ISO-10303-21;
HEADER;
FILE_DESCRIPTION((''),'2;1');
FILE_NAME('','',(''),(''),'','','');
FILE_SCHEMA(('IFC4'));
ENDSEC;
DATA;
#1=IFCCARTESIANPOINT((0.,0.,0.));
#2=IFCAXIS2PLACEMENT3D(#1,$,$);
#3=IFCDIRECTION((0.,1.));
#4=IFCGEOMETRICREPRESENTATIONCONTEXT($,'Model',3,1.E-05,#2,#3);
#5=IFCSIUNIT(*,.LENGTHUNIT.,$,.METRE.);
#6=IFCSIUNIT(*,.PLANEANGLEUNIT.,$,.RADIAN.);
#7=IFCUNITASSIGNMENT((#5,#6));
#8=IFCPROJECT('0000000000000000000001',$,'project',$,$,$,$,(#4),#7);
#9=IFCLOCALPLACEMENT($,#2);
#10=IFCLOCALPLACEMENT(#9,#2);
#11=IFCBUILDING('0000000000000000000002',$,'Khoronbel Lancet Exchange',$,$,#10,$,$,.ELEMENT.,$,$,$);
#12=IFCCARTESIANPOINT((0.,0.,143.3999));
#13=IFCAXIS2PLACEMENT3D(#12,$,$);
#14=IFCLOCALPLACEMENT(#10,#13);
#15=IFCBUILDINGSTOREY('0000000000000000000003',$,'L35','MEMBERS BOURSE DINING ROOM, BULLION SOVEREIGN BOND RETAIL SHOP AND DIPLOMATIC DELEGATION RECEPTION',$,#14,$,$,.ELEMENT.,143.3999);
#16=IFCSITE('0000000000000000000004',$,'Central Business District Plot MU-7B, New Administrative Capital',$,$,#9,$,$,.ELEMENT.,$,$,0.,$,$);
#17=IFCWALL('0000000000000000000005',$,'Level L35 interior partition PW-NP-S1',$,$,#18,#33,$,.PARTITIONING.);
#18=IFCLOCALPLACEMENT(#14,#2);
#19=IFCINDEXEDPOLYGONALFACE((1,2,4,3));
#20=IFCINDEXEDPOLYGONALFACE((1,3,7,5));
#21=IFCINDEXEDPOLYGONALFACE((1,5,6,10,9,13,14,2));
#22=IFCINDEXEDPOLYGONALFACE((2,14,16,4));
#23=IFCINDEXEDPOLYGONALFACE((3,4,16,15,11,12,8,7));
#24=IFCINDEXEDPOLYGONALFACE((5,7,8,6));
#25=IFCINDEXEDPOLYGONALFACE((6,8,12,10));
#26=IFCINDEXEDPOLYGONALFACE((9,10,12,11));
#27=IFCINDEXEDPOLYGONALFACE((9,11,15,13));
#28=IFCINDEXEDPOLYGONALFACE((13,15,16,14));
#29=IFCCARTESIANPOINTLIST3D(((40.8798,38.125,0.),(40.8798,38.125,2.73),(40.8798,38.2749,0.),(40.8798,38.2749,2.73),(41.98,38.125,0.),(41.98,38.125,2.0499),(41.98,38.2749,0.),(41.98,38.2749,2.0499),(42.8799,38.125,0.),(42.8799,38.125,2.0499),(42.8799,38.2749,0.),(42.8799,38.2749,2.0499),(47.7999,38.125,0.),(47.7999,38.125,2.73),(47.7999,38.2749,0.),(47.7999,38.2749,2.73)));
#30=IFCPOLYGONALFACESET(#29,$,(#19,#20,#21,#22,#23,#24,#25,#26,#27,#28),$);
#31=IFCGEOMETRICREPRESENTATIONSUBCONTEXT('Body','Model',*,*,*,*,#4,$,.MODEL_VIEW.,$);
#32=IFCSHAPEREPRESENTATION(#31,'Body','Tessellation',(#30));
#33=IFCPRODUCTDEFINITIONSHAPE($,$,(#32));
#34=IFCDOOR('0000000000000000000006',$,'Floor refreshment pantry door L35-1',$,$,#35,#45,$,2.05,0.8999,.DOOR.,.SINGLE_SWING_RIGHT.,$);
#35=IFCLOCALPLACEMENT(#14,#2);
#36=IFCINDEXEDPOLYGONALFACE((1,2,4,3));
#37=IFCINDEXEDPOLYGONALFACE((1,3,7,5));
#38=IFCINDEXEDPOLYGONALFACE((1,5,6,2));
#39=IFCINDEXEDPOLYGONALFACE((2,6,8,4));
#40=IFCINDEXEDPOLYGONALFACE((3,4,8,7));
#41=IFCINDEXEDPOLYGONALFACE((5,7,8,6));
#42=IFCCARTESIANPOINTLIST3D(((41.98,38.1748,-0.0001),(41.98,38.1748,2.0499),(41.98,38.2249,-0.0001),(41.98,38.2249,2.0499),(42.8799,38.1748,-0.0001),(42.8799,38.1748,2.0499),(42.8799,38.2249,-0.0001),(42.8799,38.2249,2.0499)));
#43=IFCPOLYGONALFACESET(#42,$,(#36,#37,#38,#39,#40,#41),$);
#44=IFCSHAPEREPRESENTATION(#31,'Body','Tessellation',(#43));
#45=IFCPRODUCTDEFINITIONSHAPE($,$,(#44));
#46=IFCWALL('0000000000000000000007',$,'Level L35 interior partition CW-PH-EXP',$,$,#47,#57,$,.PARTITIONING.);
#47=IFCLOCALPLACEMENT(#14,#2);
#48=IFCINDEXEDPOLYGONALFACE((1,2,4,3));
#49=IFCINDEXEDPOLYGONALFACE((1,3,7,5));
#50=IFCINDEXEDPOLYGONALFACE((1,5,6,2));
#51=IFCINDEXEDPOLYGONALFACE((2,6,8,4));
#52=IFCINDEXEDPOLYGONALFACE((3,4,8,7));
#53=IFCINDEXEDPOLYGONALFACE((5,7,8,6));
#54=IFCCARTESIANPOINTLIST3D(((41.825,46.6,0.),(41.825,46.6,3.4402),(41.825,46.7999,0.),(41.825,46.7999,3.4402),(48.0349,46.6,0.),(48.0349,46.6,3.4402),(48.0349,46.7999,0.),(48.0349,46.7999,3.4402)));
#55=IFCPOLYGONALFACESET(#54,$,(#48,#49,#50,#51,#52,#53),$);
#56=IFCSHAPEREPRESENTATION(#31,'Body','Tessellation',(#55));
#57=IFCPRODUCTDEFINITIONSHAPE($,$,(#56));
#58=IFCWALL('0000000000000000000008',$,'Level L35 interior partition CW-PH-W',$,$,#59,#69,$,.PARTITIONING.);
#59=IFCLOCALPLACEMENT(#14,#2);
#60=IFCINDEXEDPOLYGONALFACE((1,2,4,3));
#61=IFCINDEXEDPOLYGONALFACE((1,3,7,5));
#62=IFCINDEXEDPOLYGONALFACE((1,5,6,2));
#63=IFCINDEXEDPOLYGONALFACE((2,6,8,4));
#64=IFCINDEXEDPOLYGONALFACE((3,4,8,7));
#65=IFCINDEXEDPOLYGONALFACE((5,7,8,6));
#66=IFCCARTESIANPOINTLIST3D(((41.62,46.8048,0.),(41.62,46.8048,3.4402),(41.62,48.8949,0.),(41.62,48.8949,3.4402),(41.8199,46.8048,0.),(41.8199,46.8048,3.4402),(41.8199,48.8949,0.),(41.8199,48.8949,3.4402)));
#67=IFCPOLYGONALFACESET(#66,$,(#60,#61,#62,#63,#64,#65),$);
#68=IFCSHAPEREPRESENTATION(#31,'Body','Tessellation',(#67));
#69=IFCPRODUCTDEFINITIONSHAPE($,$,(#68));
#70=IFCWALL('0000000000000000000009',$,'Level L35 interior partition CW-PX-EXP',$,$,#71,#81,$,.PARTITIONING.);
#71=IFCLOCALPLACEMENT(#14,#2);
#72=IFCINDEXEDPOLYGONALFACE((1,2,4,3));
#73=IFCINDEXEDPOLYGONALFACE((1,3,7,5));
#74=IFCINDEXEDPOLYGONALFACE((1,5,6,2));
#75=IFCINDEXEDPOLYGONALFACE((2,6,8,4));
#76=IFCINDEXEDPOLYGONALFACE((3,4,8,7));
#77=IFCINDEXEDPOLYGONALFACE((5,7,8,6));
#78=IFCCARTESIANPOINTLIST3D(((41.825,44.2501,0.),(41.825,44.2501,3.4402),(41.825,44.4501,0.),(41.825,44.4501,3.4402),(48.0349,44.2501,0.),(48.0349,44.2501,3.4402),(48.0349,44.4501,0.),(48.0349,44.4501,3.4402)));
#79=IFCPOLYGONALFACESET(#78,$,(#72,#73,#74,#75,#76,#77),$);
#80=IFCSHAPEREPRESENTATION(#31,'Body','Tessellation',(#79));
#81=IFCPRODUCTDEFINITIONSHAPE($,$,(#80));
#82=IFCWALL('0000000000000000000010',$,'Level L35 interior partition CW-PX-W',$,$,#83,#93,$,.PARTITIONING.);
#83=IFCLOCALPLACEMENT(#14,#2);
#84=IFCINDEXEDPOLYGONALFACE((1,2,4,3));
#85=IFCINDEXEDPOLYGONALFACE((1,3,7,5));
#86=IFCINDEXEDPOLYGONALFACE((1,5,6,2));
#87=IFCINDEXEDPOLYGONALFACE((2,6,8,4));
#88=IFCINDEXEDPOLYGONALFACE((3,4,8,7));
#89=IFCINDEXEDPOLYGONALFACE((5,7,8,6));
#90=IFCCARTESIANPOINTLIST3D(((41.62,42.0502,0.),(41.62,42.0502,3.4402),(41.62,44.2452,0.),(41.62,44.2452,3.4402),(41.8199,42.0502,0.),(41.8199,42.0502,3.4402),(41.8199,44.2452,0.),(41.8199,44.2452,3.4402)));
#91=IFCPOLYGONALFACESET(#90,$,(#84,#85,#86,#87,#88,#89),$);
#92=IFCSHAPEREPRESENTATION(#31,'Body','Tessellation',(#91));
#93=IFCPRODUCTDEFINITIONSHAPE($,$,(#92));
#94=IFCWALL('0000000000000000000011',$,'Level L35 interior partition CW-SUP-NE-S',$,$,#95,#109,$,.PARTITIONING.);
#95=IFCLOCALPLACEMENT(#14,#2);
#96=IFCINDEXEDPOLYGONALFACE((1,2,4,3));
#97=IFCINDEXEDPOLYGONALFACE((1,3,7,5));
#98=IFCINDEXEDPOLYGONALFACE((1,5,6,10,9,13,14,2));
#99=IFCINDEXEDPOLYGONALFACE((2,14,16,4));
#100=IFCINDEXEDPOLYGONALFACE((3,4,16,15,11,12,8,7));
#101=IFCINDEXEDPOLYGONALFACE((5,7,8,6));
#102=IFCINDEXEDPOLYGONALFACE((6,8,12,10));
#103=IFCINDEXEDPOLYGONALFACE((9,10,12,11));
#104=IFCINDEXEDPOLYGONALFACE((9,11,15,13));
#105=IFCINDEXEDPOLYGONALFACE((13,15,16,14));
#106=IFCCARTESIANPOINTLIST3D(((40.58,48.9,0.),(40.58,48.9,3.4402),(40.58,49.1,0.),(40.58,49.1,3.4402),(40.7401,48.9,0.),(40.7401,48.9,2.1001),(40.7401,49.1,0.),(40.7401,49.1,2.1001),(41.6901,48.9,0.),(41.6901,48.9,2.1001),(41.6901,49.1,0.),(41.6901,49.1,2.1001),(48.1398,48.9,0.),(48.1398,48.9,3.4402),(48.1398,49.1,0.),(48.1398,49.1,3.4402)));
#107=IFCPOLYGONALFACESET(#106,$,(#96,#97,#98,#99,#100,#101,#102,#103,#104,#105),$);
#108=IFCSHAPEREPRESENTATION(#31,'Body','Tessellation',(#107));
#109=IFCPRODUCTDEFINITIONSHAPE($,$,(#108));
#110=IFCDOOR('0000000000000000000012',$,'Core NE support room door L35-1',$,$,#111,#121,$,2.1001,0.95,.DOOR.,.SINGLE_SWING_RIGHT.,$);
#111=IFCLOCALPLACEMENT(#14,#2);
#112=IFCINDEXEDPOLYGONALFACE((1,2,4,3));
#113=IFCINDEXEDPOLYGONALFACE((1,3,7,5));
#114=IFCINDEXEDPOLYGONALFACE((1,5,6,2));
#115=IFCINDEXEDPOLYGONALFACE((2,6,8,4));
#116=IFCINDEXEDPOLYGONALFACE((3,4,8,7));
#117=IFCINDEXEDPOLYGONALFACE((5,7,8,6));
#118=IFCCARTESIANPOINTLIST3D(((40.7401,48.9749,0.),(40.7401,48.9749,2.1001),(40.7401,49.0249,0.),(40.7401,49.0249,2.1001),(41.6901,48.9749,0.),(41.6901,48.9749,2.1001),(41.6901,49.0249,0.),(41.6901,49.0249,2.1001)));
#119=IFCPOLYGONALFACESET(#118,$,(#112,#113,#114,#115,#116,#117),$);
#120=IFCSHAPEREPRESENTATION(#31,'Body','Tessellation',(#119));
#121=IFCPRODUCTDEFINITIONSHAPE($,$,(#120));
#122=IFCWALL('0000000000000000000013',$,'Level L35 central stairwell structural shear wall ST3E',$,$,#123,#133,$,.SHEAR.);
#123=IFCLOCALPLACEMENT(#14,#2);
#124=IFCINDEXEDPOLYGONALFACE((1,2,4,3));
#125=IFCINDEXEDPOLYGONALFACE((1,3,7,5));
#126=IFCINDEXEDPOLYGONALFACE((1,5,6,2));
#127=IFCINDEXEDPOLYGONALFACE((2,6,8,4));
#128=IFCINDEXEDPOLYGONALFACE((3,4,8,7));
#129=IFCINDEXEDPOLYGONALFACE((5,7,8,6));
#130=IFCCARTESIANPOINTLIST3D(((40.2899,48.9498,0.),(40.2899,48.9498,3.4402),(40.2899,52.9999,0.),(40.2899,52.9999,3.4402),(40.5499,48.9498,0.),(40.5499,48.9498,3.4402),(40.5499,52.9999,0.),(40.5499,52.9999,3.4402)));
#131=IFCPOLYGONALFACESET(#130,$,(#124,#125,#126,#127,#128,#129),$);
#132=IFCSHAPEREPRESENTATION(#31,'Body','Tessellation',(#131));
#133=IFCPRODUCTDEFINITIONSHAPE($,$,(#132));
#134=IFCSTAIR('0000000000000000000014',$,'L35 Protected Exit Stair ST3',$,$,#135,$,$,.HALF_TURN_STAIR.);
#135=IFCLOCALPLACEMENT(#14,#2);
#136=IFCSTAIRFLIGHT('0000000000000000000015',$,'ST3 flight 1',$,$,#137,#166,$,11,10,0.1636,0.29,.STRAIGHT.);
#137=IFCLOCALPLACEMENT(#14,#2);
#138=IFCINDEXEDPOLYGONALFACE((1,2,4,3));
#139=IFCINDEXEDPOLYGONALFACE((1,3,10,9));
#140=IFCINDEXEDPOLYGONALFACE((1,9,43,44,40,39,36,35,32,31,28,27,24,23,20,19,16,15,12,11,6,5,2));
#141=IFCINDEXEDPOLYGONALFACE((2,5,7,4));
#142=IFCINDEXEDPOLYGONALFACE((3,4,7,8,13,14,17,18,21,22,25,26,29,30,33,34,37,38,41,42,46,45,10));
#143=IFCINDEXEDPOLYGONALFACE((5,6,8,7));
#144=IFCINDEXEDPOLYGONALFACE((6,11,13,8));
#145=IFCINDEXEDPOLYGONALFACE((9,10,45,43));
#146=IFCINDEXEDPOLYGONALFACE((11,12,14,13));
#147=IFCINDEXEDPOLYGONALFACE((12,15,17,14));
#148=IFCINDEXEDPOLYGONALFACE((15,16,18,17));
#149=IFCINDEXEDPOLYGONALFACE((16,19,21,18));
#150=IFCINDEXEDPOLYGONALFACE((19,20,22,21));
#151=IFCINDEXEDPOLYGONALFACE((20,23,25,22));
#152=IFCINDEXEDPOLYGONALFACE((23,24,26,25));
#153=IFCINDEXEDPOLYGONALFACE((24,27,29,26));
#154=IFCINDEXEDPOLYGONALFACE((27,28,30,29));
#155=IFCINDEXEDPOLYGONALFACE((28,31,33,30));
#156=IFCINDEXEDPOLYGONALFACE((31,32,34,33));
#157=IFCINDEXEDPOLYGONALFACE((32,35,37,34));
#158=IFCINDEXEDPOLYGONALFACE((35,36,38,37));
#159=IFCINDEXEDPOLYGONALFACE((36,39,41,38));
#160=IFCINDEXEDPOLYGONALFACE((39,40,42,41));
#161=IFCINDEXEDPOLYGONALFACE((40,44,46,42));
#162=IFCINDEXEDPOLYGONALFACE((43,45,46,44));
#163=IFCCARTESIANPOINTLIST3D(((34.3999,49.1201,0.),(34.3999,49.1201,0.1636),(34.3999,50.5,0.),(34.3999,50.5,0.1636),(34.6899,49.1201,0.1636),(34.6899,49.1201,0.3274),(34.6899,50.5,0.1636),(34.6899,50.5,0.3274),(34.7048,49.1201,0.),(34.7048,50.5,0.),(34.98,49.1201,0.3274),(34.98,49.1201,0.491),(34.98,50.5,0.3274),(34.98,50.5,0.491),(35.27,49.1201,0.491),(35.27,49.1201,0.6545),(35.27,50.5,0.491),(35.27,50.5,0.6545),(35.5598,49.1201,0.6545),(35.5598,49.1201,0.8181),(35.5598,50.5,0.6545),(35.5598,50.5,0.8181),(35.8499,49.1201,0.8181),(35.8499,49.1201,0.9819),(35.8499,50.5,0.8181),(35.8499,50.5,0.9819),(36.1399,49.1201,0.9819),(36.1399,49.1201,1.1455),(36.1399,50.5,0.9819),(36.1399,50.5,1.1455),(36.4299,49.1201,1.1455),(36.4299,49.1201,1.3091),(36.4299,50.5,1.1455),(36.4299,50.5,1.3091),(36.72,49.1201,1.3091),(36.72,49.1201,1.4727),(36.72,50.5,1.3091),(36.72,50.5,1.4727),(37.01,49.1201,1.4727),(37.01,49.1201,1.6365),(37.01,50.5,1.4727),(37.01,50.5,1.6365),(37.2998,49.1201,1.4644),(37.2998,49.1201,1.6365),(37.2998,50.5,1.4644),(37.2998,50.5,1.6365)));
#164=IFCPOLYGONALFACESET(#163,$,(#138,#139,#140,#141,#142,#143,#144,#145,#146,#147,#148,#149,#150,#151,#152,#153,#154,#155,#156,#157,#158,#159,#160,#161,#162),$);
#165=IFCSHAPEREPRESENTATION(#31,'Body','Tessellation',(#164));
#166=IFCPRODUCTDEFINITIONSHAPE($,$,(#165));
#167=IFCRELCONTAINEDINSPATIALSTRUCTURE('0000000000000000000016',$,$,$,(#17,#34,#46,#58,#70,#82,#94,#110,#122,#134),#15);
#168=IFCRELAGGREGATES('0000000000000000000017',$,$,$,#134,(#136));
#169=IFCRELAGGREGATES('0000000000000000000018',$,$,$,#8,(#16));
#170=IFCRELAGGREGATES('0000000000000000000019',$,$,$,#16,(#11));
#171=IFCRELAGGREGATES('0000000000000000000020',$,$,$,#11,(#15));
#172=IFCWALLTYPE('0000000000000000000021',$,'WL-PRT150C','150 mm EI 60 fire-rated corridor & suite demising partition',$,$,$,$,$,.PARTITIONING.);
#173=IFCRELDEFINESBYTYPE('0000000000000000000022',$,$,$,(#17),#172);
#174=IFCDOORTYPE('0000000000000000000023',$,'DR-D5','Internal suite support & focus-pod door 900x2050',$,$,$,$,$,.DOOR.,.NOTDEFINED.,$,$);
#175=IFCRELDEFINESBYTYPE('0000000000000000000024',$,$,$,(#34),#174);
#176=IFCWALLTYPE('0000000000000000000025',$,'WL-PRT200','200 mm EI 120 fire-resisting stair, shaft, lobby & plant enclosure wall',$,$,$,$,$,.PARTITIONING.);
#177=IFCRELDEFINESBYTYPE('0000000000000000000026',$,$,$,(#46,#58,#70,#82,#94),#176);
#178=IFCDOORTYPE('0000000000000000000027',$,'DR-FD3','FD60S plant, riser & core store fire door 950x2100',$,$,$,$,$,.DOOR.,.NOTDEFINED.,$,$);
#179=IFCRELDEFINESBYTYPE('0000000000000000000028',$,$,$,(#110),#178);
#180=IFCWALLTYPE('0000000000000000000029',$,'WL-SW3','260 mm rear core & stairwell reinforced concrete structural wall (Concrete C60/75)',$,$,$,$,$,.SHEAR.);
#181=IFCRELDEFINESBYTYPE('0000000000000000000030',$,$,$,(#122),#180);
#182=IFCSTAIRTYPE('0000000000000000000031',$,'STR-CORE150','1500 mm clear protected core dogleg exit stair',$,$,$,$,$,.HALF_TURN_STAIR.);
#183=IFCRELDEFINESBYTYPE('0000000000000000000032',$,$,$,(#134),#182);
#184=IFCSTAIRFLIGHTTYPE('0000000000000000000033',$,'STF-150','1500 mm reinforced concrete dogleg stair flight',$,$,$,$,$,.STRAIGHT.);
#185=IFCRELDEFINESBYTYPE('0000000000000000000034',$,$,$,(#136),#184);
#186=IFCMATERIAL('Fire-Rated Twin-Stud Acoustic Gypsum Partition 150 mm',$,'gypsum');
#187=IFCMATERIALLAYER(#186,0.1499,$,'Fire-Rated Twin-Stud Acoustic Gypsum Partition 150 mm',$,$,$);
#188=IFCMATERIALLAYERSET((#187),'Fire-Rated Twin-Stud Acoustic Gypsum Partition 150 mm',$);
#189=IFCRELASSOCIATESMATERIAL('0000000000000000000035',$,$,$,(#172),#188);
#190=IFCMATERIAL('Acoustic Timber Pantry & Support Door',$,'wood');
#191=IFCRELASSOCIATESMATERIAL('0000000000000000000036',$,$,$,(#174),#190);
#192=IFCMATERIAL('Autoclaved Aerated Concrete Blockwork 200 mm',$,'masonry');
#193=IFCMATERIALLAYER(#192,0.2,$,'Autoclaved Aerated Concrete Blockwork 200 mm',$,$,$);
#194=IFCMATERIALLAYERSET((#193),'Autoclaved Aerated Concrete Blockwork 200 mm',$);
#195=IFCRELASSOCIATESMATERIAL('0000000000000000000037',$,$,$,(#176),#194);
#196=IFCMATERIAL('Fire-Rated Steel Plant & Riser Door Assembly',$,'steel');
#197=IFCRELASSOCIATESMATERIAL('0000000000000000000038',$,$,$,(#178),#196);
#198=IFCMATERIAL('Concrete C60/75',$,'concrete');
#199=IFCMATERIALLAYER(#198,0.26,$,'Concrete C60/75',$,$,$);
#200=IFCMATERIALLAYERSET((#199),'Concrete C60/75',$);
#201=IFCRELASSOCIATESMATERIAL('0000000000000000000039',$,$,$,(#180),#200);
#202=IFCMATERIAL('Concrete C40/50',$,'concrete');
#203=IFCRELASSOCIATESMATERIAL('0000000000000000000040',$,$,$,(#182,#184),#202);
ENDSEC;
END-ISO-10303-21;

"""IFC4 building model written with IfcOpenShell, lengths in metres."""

from ifc_helpers import new_model, si_unit, direction, frame, frame_2d, origin, place, context, subcontext, project, spatial, polyline, rectangle, outline, extrude, material, layer, layer_set, type_object, element, fill, aggregate, save


model = new_model("IFC4")

# Units and contexts
model_context = context("Model", 3, precision=1e-05, world=origin(), true_north=direction((0.0, 1.0)))
body_context = subcontext(model_context, "Body", "Model", "MODEL_VIEW")
ifc_project = project(units=[si_unit("LENGTHUNIT", "METRE"), si_unit("PLANEANGLEUNIT", "RADIAN")], contexts=[model_context])

# Site, building, storey
site_placement = place(None, origin())
site = spatial("IfcSite", under=ifc_project, at=site_placement, Name="Central Business District Plot MU-7B, New Administrative Capital", CompositionType="ELEMENT", RefElevation=0.0)
building_placement = place(site_placement, origin())
building = spatial("IfcBuilding", under=site, at=building_placement, Name="Khoronbel Lancet Exchange", CompositionType="ELEMENT")
storey_placement = place(building_placement, frame((0.0, 0.0, 143.3999)))
storey = spatial("IfcBuildingStorey", under=building, at=storey_placement, Name="L35", Description="MEMBERS BOURSE DINING ROOM, BULLION SOVEREIGN BOND RETAIL SHOP AND DIPLOMATIC DELEGATION RECEPTION", CompositionType="ELEMENT", Elevation=143.3999)

# Wall, opening, door
ifc_material_1 = material(Name="Fire-Rated Twin-Stud Acoustic Gypsum Partition 150 mm", Category="gypsum")
ifc_layer_1 = layer(ifc_material_1, 0.1499, Name="Fire-Rated Twin-Stud Acoustic Gypsum Partition 150 mm")
ifc_layer_set_1 = layer_set([ifc_layer_1], Name="Fire-Rated Twin-Stud Acoustic Gypsum Partition 150 mm")
wall_type_1 = type_object("IfcWallType", Name="WL-PRT150C", Description="150 mm EI 60 fire-rated corridor & suite demising partition", PredefinedType="PARTITIONING", material=ifc_layer_set_1)
wall_1_placement = place(storey_placement, frame((40.8799, 38.2, 0.0), z_axis=(0.0, 0.0, 1.0), x_axis=(1.0, 0.0, 0.0)))
wall_1 = element("IfcWall", 1, at=wall_1_placement, inside=storey, type_object=wall_type_1, Name="Level L35 interior partition PW-NP-S1", PredefinedType="PARTITIONING", context=body_context, shape_type="SweptSolid", body=[
    extrude(rectangle(XDim=6.9202, YDim=0.1499, at=frame_2d((3.46, 0.0))), origin(), (0.0, 0.0, 1.0), 2.73),
])
opening_1_placement = place(wall_1_placement, frame((1.1001, 0.0, 0.0)))
opening_1 = element("IfcOpeningElement", 2, at=opening_1_placement, cuts=wall_1, PredefinedType="OPENING", context=body_context, shape_type="SweptSolid", body=[
    extrude(rectangle(XDim=0.8999, YDim=2.05, at=frame_2d((0.45, 1.0249))), frame((0.0, 0.085, 0.0), z_axis=(0.0, -1.0, 0.0), x_axis=(1.0, 0.0, 0.0)), (0.0, 0.0, 1.0), 0.1699),
])
ifc_material_2 = material(Name="Acoustic Timber Pantry & Support Door", Category="wood")
door_type_1 = type_object("IfcDoorType", Name="DR-D5", Description="Internal suite support & focus-pod door 900x2050", OperationType="NOTDEFINED", PredefinedType="DOOR", material=ifc_material_2)
door_1_placement = place(opening_1_placement, origin())
door_1 = element("IfcDoor", 3, at=door_1_placement, inside=storey, type_object=door_type_1, Name="Floor refreshment pantry door L35-1", OperationType="SINGLE_SWING_RIGHT", OverallHeight=2.05, OverallWidth=0.8999, PredefinedType="DOOR", context=body_context, shape_type="SweptSolid", body=[
    extrude(rectangle(XDim=0.8999, YDim=2.05, at=frame_2d((0.45, 1.0249))), frame((0.0, 0.0249, 0.0), z_axis=(0.0, -1.0, 0.0), x_axis=(1.0, 0.0, 0.0)), (0.0, 0.0, 1.0), 0.05),
])
fill(opening_1, door_1)

# Walls
ifc_material_3 = material(Name="Autoclaved Aerated Concrete Blockwork 200 mm", Category="masonry")
ifc_layer_2 = layer(ifc_material_3, 0.2, Name="Autoclaved Aerated Concrete Blockwork 200 mm")
ifc_layer_set_2 = layer_set([ifc_layer_2], Name="Autoclaved Aerated Concrete Blockwork 200 mm")
wall_type_2 = type_object("IfcWallType", Name="WL-PRT200", Description="200 mm EI 120 fire-resisting stair, shaft, lobby & plant enclosure wall", PredefinedType="PARTITIONING", material=ifc_layer_set_2)
wall_2_placement = place(storey_placement, frame((41.825, 46.7, 0.0), z_axis=(0.0, 0.0, 1.0), x_axis=(1.0, 0.0, 0.0)))
element("IfcWall", 4, at=wall_2_placement, inside=storey, type_object=wall_type_2, Name="Level L35 interior partition CW-PH-EXP", PredefinedType="PARTITIONING", context=body_context, shape_type="SweptSolid", body=[
    extrude(rectangle(XDim=6.21, YDim=0.2, at=frame_2d((3.105, 0.0))), origin(), (0.0, 0.0, 1.0), 3.4402),
])
wall_3_placement = place(storey_placement, frame((41.72, 46.8049, 0.0), z_axis=(0.0, 0.0, 1.0), x_axis=(0.0, 1.0, 0.0)))
element("IfcWall", 5, at=wall_3_placement, inside=storey, type_object=wall_type_2, Name="Level L35 interior partition CW-PH-W", PredefinedType="PARTITIONING", context=body_context, shape_type="SweptSolid", body=[
    extrude(rectangle(XDim=2.0901, YDim=0.2, at=frame_2d((1.0449, 0.0))), origin(), (0.0, 0.0, 1.0), 3.4402),
])
wall_4_placement = place(storey_placement, frame((41.825, 44.3501, 0.0), z_axis=(0.0, 0.0, 1.0), x_axis=(1.0, 0.0, 0.0)))
element("IfcWall", 6, at=wall_4_placement, inside=storey, type_object=wall_type_2, Name="Level L35 interior partition CW-PX-EXP", PredefinedType="PARTITIONING", context=body_context, shape_type="SweptSolid", body=[
    extrude(rectangle(XDim=6.21, YDim=0.2, at=frame_2d((3.105, 0.0))), origin(), (0.0, 0.0, 1.0), 3.4402),
])
wall_5_placement = place(storey_placement, frame((41.72, 42.05, 0.0), z_axis=(0.0, 0.0, 1.0), x_axis=(0.0, 1.0, 0.0)))
element("IfcWall", 7, at=wall_5_placement, inside=storey, type_object=wall_type_2, Name="Level L35 interior partition CW-PX-W", PredefinedType="PARTITIONING", context=body_context, shape_type="SweptSolid", body=[
    extrude(rectangle(XDim=2.1951, YDim=0.2, at=frame_2d((1.0977, 0.0))), origin(), (0.0, 0.0, 1.0), 3.4402),
])

# Wall, opening, door
wall_6_placement = place(storey_placement, frame((40.5801, 49.0, 0.0), z_axis=(0.0, 0.0, 1.0), x_axis=(1.0, 0.0, 0.0)))
wall_6 = element("IfcWall", 8, at=wall_6_placement, inside=storey, type_object=wall_type_2, Name="Level L35 interior partition CW-SUP-NE-S", PredefinedType="PARTITIONING", context=body_context, shape_type="SweptSolid", body=[
    extrude(rectangle(XDim=7.5598, YDim=0.2, at=frame_2d((3.7798, 0.0))), origin(), (0.0, 0.0, 1.0), 3.4402),
])
opening_2_placement = place(wall_6_placement, frame((0.1599, 0.0, 0.0)))
opening_2 = element("IfcOpeningElement", 9, at=opening_2_placement, cuts=wall_6, PredefinedType="OPENING", context=body_context, shape_type="SweptSolid", body=[
    extrude(rectangle(XDim=0.95, YDim=2.1001, at=frame_2d((0.4751, 1.05))), frame((0.0, 0.1099, 0.0), z_axis=(0.0, -1.0, 0.0), x_axis=(1.0, 0.0, 0.0)), (0.0, 0.0, 1.0), 0.22),
])
ifc_material_4 = material(Name="Fire-Rated Steel Plant & Riser Door Assembly", Category="steel")
door_type_2 = type_object("IfcDoorType", Name="DR-FD3", Description="FD60S plant, riser & core store fire door 950x2100", OperationType="NOTDEFINED", PredefinedType="DOOR", material=ifc_material_4)
door_2_placement = place(opening_2_placement, origin())
door_2 = element("IfcDoor", 10, at=door_2_placement, inside=storey, type_object=door_type_2, Name="Core NE support room door L35-1", OperationType="SINGLE_SWING_RIGHT", OverallHeight=2.1001, OverallWidth=0.95, PredefinedType="DOOR", context=body_context, shape_type="SweptSolid", body=[
    extrude(rectangle(XDim=0.95, YDim=2.1001, at=frame_2d((0.4751, 1.05))), frame((0.0, 0.0249, 0.0), z_axis=(0.0, -1.0, 0.0), x_axis=(1.0, 0.0, 0.0)), (0.0, 0.0, 1.0), 0.05),
])
fill(opening_2, door_2)

# Wall
ifc_material_5 = material(Name="Concrete C60/75", Category="concrete")
ifc_layer_3 = layer(ifc_material_5, 0.26, Name="Concrete C60/75")
ifc_layer_set_3 = layer_set([ifc_layer_3], Name="Concrete C60/75")
wall_type_3 = type_object("IfcWallType", Name="WL-SW3", Description="260 mm rear core & stairwell reinforced concrete structural wall (Concrete C60/75)", PredefinedType="SHEAR", material=ifc_layer_set_3)
wall_7_placement = place(storey_placement, frame((40.4199, 48.95, 0.0), z_axis=(0.0, 0.0, 1.0), x_axis=(0.0, 1.0, 0.0)))
element("IfcWall", 11, at=wall_7_placement, inside=storey, type_object=wall_type_3, Name="Level L35 central stairwell structural shear wall ST3E", PredefinedType="SHEAR", context=body_context, shape_type="SweptSolid", body=[
    extrude(rectangle(XDim=4.05, YDim=0.26, at=frame_2d((2.0249, 0.0))), origin(), (0.0, 0.0, 1.0), 3.4402),
])

# Stair, stair flight
ifc_material_6 = material(Name="Concrete C40/50", Category="concrete")
stair_type = type_object("IfcStairType", Name="STR-CORE150", Description="1500 mm clear protected core dogleg exit stair", PredefinedType="HALF_TURN_STAIR", material=ifc_material_6)
stair_placement = place(storey_placement, origin())
stair = element("IfcStair", 12, at=stair_placement, inside=storey, type_object=stair_type, Name="L35 Protected Exit Stair ST3", PredefinedType="HALF_TURN_STAIR")
stair_flight_type = type_object("IfcStairFlightType", Name="STF-150", Description="1500 mm reinforced concrete dogleg stair flight", PredefinedType="STRAIGHT", material=ifc_material_6)
stair_flight_1_placement = place(storey_placement, frame((34.3999, 49.8101, 0.0), z_axis=(0.0, 0.0, 1.0), x_axis=(1.0, 0.0, 0.0)))
stair_flight_1 = element("IfcStairFlight", 13, at=stair_flight_1_placement, type_object=stair_flight_type, Name="ST3 flight 1", NumberOfRisers=11, NumberOfTreads=10, PredefinedType="STRAIGHT", RiserHeight=0.1636, TreadLength=0.29, context=body_context, shape_type="SweptSolid", body=[
    extrude(outline(polyline([(0.0, 0.0), (0.0, 0.1636), (0.29, 0.1636), (0.29, 0.3274), (0.5801, 0.3274), (0.5801, 0.491), (0.8701, 0.491), (0.8701, 0.6545), (1.1599, 0.6545), (1.1599, 0.8181), (1.45, 0.8181), (1.45, 0.9819), (1.74, 0.9819), (1.74, 1.1455), (2.03, 1.1455), (2.03, 1.3091), (2.3201, 1.3091), (2.3201, 1.4727), (2.6101, 1.4727), (2.6101, 1.6365), (2.8999, 1.6365), (2.8999, 1.8), (2.8999, 1.4644), (0.3049, 0.0), (0.0, 0.0)])), frame((0.0, 0.6899, 0.0), z_axis=(0.0, -1.0, 0.0), x_axis=(1.0, 0.0, 0.0)), (0.0, 0.0, 1.0), 1.3799),
])
aggregate(stair, [stair_flight_1])

save(model, "model.ifc")
